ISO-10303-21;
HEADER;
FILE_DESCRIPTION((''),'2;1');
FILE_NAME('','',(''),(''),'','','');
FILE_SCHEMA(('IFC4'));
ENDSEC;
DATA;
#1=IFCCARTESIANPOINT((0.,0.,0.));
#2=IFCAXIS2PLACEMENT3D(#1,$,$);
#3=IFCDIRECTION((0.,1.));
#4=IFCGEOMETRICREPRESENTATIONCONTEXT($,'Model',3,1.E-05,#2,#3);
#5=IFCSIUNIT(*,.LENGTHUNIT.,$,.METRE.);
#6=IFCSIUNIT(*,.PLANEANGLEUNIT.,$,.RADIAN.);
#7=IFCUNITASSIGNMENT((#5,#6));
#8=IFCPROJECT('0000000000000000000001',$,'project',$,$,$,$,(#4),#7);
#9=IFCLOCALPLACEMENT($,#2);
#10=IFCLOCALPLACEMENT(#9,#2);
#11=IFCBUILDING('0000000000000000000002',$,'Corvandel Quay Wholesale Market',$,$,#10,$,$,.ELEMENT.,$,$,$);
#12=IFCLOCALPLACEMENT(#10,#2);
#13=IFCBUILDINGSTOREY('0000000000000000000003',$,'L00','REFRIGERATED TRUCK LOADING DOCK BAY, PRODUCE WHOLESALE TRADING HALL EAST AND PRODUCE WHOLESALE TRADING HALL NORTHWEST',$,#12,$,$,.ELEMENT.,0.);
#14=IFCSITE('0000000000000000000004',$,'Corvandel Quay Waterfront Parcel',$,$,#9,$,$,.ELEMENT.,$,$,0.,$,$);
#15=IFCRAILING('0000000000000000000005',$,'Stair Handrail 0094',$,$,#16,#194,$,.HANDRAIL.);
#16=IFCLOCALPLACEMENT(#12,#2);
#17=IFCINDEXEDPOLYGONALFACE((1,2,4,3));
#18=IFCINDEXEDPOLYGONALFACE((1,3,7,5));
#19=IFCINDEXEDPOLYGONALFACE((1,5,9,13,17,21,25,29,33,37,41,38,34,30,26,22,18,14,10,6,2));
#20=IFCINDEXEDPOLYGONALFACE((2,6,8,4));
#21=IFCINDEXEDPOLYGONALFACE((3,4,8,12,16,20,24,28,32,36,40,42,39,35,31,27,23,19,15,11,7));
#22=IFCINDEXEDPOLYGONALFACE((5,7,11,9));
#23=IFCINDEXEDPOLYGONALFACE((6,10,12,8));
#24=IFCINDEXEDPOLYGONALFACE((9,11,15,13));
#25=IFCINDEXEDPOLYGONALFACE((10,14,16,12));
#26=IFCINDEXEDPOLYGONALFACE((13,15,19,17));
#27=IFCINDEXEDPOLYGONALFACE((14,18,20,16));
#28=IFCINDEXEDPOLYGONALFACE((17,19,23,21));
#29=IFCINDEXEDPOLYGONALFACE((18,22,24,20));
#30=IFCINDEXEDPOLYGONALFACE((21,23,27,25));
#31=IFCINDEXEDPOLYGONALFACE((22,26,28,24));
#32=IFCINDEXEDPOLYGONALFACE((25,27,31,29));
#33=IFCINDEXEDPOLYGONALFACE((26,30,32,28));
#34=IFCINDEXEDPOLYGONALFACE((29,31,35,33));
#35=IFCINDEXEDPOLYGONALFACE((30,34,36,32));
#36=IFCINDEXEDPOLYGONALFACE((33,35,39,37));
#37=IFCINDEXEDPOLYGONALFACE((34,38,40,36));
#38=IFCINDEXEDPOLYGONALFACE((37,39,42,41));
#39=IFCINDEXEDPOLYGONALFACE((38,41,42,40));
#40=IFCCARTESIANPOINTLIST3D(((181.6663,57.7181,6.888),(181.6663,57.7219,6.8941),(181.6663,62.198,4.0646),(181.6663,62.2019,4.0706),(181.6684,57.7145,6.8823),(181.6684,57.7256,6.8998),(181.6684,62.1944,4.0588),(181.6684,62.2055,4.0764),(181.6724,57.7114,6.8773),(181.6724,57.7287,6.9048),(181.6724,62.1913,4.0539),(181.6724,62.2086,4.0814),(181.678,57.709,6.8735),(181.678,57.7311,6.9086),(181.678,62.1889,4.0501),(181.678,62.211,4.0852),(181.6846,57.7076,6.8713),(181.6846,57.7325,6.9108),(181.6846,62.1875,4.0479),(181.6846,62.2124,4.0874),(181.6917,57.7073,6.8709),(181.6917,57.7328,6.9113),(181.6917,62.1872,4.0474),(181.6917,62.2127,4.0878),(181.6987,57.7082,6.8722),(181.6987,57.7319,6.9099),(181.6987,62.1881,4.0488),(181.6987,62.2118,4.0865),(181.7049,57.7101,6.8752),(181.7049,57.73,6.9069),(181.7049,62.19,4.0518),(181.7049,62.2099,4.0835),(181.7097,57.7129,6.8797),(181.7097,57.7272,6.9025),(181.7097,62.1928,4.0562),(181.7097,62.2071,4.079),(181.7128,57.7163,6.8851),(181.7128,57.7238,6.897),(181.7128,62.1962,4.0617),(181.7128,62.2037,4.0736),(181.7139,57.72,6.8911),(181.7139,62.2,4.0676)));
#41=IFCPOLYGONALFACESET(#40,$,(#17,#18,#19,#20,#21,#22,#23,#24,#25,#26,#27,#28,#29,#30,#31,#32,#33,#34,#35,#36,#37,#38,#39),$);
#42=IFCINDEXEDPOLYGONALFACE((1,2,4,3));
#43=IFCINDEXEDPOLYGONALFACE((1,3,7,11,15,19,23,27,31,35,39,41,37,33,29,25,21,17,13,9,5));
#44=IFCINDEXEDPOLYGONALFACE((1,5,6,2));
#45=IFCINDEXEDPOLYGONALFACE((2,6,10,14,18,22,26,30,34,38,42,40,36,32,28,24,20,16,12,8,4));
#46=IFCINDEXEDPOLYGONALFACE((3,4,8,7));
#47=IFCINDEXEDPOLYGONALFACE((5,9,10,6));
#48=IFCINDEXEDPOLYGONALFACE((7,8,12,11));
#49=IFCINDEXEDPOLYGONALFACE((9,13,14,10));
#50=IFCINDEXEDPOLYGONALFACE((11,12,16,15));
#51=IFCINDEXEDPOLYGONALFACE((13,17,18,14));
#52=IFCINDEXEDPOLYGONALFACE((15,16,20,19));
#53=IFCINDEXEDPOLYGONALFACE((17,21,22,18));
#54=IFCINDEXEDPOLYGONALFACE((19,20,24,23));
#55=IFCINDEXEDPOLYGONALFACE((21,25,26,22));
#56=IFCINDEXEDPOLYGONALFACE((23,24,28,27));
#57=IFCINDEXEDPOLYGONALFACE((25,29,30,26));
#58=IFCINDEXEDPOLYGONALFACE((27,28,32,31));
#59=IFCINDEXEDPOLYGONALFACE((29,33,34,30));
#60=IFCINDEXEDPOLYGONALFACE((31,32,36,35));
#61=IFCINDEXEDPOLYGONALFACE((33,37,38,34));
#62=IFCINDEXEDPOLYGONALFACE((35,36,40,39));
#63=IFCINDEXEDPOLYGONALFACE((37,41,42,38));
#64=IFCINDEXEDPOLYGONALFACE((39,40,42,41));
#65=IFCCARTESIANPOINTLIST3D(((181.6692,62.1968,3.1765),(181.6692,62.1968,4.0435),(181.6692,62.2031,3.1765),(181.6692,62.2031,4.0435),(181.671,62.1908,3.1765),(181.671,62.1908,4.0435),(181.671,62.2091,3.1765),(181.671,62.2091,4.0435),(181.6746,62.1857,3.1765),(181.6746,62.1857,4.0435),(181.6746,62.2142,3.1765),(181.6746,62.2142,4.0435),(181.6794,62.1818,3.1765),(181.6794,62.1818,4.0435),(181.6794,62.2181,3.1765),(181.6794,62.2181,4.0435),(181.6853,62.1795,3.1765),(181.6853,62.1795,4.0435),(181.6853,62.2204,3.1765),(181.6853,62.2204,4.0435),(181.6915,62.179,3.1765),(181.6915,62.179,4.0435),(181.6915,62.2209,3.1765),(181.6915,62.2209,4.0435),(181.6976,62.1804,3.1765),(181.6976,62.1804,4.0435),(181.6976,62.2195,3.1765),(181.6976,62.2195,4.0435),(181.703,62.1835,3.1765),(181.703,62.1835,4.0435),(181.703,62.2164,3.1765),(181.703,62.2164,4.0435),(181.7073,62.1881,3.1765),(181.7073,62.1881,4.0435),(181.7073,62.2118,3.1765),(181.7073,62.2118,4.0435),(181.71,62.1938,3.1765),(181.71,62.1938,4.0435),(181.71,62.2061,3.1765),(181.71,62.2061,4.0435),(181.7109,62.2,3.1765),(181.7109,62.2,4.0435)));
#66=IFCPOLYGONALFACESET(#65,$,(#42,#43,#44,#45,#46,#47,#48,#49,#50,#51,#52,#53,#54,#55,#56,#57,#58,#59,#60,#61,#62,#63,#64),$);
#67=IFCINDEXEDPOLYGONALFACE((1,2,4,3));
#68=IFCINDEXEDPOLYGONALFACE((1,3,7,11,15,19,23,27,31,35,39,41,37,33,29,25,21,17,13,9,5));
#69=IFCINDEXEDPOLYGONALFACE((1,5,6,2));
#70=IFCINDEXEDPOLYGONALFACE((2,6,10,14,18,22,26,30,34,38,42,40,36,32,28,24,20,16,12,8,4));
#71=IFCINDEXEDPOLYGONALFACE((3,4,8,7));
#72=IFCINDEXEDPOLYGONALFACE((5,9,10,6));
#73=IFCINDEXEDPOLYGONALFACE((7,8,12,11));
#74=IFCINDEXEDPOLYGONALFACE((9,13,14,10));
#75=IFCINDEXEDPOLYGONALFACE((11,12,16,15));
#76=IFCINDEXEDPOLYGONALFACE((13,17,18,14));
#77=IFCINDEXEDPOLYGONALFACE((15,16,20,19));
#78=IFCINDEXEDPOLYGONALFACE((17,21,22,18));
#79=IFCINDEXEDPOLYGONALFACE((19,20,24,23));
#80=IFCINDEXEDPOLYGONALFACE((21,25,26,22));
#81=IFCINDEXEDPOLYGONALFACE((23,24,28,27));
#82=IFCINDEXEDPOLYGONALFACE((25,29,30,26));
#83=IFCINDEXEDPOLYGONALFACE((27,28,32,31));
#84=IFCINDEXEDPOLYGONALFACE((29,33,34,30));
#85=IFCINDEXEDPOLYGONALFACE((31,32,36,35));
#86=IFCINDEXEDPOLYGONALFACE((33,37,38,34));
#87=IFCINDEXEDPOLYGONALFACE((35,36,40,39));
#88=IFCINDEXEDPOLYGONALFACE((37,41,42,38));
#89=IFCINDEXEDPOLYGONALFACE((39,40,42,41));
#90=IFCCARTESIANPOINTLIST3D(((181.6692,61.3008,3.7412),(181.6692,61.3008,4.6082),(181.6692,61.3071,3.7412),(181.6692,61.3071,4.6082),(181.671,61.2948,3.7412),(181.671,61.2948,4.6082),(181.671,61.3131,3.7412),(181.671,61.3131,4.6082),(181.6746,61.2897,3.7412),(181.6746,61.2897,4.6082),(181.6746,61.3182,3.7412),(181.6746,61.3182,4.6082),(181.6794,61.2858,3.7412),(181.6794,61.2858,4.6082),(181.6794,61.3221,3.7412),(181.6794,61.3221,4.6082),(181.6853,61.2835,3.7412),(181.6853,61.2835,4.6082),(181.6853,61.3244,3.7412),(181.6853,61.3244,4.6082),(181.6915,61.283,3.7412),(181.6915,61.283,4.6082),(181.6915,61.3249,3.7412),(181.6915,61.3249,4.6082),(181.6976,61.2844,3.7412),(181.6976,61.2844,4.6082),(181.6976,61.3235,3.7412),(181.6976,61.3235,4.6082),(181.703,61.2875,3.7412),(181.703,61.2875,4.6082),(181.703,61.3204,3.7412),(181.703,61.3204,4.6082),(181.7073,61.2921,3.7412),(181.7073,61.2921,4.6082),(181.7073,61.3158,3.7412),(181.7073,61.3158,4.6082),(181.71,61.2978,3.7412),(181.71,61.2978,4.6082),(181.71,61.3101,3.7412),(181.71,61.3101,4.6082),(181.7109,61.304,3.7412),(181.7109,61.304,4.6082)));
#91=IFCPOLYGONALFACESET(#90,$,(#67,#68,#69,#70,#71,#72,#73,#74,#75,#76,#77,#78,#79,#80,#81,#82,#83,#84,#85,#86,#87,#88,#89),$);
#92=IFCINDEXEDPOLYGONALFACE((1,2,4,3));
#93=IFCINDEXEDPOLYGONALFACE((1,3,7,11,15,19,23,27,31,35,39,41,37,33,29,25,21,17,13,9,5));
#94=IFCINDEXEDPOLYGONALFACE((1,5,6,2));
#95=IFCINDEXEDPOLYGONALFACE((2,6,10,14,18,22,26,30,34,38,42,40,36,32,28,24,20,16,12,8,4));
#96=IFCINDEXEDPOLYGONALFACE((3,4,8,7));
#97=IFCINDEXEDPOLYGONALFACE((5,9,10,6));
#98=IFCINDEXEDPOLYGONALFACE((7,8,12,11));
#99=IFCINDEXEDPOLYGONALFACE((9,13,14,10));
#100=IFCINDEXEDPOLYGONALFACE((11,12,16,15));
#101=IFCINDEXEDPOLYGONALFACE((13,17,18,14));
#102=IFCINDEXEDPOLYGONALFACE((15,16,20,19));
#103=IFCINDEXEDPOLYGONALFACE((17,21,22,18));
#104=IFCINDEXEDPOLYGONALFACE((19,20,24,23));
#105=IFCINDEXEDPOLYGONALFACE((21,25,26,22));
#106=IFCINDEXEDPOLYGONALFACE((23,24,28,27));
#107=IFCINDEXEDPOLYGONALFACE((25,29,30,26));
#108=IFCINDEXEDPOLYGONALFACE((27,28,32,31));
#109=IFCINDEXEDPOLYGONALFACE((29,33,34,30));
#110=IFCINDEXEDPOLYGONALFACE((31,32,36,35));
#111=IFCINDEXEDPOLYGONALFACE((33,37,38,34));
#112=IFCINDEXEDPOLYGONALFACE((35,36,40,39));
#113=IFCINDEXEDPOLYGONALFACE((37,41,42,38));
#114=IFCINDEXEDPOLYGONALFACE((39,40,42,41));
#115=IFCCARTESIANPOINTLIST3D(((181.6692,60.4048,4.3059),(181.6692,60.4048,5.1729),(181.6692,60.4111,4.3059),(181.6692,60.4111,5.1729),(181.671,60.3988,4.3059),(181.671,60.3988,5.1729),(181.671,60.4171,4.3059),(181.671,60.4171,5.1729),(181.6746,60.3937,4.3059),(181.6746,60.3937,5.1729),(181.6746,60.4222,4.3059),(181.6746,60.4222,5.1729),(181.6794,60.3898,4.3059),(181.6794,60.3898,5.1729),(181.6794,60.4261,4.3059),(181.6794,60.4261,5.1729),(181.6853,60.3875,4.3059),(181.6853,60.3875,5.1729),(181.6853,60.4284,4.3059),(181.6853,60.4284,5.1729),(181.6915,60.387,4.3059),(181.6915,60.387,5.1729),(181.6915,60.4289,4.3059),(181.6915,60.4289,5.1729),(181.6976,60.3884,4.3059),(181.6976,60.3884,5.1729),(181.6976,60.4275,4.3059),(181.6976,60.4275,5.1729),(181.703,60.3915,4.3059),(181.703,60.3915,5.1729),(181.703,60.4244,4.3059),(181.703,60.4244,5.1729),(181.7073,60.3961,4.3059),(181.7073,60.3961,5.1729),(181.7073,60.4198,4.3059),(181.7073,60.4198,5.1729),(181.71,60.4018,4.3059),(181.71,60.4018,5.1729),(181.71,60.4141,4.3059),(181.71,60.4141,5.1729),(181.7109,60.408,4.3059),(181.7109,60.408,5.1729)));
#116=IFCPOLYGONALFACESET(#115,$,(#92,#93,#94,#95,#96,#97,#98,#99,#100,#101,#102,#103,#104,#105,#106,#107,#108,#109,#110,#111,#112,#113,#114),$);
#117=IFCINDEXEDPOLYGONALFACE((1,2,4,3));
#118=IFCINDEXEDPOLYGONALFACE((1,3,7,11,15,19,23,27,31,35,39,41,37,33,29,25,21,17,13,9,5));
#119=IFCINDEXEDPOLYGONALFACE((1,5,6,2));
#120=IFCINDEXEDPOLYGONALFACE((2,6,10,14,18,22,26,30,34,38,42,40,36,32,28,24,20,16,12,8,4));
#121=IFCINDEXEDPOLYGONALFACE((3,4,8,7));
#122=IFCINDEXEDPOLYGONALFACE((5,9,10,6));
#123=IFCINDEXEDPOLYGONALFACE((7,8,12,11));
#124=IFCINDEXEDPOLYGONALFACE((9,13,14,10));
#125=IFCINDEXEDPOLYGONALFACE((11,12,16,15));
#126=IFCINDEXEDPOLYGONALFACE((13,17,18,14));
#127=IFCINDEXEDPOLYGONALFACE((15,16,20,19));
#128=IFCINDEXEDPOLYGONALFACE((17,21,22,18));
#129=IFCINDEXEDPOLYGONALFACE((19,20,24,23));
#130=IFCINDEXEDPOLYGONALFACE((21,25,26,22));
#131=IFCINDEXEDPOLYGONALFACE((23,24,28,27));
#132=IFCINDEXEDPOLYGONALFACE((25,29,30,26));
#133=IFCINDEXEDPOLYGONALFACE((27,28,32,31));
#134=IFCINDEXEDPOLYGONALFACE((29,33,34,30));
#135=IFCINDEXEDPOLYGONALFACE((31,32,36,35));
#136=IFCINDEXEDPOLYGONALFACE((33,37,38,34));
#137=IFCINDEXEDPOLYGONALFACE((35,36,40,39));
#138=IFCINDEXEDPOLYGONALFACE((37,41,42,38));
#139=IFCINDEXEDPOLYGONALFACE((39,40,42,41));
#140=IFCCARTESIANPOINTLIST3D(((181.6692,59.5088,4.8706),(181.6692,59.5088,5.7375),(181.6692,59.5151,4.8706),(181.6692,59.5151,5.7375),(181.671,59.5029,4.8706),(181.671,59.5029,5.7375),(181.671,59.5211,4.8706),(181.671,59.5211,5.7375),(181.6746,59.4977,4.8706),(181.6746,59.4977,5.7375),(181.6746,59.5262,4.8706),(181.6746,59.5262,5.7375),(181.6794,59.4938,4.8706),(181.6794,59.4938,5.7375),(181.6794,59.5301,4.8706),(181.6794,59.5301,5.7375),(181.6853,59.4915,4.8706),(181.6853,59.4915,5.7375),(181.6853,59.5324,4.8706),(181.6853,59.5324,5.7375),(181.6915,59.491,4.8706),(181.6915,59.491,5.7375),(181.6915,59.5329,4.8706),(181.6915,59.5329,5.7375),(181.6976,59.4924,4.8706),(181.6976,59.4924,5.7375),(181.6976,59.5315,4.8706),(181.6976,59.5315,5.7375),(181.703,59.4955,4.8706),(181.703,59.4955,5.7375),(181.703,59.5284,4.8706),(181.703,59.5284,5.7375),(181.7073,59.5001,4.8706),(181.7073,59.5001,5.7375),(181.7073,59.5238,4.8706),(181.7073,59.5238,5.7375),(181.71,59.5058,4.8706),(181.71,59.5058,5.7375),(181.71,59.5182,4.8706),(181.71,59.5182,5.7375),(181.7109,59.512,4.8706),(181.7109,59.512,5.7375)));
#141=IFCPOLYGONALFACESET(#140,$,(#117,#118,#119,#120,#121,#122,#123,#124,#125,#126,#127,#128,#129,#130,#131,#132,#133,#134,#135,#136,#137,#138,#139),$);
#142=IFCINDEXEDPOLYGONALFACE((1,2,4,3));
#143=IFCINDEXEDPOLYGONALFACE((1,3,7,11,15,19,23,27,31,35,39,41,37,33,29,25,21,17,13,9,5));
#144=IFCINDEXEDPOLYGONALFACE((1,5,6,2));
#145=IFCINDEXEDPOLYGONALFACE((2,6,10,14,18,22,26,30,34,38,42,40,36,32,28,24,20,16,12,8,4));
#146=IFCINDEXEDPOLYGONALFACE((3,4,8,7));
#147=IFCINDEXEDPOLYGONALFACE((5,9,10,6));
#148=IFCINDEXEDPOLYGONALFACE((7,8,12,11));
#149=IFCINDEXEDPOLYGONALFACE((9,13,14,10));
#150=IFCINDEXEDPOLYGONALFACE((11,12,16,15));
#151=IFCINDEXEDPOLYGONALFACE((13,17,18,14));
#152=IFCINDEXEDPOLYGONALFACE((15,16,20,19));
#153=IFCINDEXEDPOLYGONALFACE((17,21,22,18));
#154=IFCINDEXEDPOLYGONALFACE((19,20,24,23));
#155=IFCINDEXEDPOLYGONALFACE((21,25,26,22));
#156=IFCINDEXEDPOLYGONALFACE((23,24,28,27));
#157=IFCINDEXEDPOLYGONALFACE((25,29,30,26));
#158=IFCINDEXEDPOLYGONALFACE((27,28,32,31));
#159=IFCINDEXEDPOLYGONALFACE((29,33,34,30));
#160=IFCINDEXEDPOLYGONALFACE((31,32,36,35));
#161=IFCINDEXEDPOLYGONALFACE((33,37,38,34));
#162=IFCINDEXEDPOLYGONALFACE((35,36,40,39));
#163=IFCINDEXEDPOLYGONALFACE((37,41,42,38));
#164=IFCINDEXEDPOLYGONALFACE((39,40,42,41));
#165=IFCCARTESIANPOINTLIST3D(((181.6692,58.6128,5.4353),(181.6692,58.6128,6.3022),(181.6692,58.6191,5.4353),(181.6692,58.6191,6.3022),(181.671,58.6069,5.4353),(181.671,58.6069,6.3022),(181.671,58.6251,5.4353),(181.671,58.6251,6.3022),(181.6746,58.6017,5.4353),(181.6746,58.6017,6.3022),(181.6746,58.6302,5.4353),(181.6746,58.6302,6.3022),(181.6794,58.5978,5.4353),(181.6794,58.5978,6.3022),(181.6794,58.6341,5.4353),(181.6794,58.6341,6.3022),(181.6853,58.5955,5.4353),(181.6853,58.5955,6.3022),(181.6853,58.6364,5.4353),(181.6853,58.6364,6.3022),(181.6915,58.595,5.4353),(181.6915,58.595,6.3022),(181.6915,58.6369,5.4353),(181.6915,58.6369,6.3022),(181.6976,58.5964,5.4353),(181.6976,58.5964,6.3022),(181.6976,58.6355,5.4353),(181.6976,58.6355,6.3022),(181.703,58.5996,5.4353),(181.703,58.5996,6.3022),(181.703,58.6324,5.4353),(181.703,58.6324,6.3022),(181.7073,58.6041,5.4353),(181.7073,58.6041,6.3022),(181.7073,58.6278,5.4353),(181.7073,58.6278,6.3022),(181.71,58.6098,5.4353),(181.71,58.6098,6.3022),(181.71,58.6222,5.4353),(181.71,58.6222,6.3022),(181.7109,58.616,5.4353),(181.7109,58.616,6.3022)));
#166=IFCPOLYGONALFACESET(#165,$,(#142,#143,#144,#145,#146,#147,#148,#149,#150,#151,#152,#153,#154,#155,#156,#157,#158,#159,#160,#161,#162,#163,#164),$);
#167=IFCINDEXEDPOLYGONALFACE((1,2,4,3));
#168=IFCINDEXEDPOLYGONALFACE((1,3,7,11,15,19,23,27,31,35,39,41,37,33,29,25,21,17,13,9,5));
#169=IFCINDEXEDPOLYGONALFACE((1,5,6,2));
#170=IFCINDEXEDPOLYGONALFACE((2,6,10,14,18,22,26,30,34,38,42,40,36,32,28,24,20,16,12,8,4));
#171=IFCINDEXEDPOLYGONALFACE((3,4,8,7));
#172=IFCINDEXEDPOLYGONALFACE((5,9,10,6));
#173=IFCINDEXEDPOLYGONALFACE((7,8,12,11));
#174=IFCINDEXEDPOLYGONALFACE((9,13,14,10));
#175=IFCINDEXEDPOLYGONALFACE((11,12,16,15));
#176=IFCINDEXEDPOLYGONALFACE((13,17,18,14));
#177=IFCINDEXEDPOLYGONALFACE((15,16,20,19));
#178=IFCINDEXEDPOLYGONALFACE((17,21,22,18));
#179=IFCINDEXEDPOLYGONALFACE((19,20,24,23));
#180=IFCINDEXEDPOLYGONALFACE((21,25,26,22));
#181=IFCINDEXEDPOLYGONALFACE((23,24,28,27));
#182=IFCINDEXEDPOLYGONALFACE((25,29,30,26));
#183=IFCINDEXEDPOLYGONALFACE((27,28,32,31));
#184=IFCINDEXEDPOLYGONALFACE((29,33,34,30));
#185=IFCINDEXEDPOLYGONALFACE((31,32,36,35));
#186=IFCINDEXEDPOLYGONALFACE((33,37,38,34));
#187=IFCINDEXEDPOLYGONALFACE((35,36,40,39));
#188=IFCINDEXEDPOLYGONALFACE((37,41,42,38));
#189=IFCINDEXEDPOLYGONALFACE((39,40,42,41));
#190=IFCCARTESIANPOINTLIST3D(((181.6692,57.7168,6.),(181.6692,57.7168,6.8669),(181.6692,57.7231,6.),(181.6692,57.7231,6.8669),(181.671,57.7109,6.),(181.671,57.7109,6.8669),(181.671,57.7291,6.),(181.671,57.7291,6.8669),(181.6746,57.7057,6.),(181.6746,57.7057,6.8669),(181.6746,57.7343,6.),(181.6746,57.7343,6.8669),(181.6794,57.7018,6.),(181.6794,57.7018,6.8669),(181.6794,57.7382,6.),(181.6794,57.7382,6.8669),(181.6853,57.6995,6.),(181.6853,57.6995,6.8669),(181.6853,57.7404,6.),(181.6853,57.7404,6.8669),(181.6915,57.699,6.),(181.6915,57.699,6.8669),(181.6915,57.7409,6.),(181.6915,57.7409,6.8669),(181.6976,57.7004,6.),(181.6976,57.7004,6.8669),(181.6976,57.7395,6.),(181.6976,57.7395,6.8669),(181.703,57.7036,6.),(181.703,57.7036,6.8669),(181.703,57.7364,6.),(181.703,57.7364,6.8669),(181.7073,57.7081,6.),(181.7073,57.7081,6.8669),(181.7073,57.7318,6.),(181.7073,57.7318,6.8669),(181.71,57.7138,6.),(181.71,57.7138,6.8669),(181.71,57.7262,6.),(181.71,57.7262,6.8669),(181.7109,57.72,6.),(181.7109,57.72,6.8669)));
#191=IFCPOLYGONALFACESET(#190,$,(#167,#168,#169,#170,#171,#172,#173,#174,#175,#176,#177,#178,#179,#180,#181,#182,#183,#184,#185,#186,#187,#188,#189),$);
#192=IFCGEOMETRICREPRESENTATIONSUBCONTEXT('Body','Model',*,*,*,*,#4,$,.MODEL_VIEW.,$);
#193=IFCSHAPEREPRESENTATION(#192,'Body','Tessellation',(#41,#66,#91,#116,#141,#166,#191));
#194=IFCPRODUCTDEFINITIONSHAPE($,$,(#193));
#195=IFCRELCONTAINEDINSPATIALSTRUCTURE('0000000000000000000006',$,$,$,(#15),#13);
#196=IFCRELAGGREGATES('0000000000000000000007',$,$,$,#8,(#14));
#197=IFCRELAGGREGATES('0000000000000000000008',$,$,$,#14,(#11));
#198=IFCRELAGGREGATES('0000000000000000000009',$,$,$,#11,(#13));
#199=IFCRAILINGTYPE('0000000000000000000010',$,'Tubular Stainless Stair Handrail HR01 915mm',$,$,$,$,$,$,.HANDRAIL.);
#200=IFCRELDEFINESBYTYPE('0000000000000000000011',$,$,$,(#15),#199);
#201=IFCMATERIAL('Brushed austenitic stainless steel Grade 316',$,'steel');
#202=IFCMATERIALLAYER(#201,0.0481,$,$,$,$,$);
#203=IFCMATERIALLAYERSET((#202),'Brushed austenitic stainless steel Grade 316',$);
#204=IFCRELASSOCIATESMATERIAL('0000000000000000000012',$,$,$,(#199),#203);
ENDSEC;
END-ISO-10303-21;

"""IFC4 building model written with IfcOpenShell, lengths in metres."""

from ifc_helpers import new_model, si_unit, direction, frame, origin, origin_2d, place, context, subcontext, project, spatial, circle, extrude, material, layer, layer_set, type_object, element, save


model = new_model("IFC4")

# Units and contexts
model_context = context("Model", 3, precision=1e-05, world=origin(), true_north=direction((0.0, 1.0)))
body_context = subcontext(model_context, "Body", "Model", "MODEL_VIEW")
ifc_project = project(units=[si_unit("LENGTHUNIT", "METRE"), si_unit("PLANEANGLEUNIT", "RADIAN")], contexts=[model_context])

# Site, building, storey
site_placement = place(None, origin())
site = spatial("IfcSite", under=ifc_project, at=site_placement, Name="Corvandel Quay Waterfront Parcel", CompositionType="ELEMENT", RefElevation=0.0)
building_placement = place(site_placement, origin())
building = spatial("IfcBuilding", under=site, at=building_placement, Name="Corvandel Quay Wholesale Market", CompositionType="ELEMENT")
storey_placement = place(building_placement, origin())
storey = spatial("IfcBuildingStorey", under=building, at=storey_placement, Name="L00", Description="REFRIGERATED TRUCK LOADING DOCK BAY, PRODUCE WHOLESALE TRADING HALL EAST AND PRODUCE WHOLESALE TRADING HALL NORTHWEST", CompositionType="ELEMENT", Elevation=0.0)

# Railing
ifc_material_1 = material(Name="Brushed austenitic stainless steel Grade 316", Category="steel")
ifc_layer_1 = layer(ifc_material_1, 0.0481)
ifc_layer_set_1 = layer_set([ifc_layer_1], Name="Brushed austenitic stainless steel Grade 316")
railing_type_1 = type_object("IfcRailingType", Name="Tubular Stainless Stair Handrail HR01 915mm", PredefinedType="HANDRAIL", material=ifc_layer_set_1)
for number, where, name in (
    (1, (181.6899, 62.2, 3.1765), "Stair Handrail 0094"),
):
    element("IfcRailing", number, at=place(storey_placement, frame(where)), inside=storey, type_object=railing_type_1, Name=name, PredefinedType="HANDRAIL", context=body_context, shape_type="SweptSolid", body=[
        extrude(circle(Radius=0.0239, at=origin_2d()), frame((0.0, 0.0, 0.8911), z_axis=(0.0, -0.845998, 0.533186), x_axis=(1.0, 0.0, 0.0)), (0.0, 0.0, 1.0), 5.2954),
        extrude(circle(Radius=0.021, at=origin_2d()), origin(), (0.0, 0.0, 1.0), 0.8669),
        extrude(circle(Radius=0.021, at=origin_2d()), frame((0.0, -0.896, 0.5647)), (0.0, 0.0, 1.0), 0.8669),
        extrude(circle(Radius=0.021, at=origin_2d()), frame((0.0, -1.792, 1.1294)), (0.0, 0.0, 1.0), 0.8669),
        extrude(circle(Radius=0.021, at=origin_2d()), frame((0.0, -2.688, 1.6941)), (0.0, 0.0, 1.0), 0.8669),
        extrude(circle(Radius=0.021, at=origin_2d()), frame((0.0, -3.584, 2.2588)), (0.0, 0.0, 1.0), 0.8669),
        extrude(circle(Radius=0.021, at=origin_2d()), frame((0.0, -4.48, 2.8235)), (0.0, 0.0, 1.0), 0.8669),
    ])

save(model, "model.ifc")
